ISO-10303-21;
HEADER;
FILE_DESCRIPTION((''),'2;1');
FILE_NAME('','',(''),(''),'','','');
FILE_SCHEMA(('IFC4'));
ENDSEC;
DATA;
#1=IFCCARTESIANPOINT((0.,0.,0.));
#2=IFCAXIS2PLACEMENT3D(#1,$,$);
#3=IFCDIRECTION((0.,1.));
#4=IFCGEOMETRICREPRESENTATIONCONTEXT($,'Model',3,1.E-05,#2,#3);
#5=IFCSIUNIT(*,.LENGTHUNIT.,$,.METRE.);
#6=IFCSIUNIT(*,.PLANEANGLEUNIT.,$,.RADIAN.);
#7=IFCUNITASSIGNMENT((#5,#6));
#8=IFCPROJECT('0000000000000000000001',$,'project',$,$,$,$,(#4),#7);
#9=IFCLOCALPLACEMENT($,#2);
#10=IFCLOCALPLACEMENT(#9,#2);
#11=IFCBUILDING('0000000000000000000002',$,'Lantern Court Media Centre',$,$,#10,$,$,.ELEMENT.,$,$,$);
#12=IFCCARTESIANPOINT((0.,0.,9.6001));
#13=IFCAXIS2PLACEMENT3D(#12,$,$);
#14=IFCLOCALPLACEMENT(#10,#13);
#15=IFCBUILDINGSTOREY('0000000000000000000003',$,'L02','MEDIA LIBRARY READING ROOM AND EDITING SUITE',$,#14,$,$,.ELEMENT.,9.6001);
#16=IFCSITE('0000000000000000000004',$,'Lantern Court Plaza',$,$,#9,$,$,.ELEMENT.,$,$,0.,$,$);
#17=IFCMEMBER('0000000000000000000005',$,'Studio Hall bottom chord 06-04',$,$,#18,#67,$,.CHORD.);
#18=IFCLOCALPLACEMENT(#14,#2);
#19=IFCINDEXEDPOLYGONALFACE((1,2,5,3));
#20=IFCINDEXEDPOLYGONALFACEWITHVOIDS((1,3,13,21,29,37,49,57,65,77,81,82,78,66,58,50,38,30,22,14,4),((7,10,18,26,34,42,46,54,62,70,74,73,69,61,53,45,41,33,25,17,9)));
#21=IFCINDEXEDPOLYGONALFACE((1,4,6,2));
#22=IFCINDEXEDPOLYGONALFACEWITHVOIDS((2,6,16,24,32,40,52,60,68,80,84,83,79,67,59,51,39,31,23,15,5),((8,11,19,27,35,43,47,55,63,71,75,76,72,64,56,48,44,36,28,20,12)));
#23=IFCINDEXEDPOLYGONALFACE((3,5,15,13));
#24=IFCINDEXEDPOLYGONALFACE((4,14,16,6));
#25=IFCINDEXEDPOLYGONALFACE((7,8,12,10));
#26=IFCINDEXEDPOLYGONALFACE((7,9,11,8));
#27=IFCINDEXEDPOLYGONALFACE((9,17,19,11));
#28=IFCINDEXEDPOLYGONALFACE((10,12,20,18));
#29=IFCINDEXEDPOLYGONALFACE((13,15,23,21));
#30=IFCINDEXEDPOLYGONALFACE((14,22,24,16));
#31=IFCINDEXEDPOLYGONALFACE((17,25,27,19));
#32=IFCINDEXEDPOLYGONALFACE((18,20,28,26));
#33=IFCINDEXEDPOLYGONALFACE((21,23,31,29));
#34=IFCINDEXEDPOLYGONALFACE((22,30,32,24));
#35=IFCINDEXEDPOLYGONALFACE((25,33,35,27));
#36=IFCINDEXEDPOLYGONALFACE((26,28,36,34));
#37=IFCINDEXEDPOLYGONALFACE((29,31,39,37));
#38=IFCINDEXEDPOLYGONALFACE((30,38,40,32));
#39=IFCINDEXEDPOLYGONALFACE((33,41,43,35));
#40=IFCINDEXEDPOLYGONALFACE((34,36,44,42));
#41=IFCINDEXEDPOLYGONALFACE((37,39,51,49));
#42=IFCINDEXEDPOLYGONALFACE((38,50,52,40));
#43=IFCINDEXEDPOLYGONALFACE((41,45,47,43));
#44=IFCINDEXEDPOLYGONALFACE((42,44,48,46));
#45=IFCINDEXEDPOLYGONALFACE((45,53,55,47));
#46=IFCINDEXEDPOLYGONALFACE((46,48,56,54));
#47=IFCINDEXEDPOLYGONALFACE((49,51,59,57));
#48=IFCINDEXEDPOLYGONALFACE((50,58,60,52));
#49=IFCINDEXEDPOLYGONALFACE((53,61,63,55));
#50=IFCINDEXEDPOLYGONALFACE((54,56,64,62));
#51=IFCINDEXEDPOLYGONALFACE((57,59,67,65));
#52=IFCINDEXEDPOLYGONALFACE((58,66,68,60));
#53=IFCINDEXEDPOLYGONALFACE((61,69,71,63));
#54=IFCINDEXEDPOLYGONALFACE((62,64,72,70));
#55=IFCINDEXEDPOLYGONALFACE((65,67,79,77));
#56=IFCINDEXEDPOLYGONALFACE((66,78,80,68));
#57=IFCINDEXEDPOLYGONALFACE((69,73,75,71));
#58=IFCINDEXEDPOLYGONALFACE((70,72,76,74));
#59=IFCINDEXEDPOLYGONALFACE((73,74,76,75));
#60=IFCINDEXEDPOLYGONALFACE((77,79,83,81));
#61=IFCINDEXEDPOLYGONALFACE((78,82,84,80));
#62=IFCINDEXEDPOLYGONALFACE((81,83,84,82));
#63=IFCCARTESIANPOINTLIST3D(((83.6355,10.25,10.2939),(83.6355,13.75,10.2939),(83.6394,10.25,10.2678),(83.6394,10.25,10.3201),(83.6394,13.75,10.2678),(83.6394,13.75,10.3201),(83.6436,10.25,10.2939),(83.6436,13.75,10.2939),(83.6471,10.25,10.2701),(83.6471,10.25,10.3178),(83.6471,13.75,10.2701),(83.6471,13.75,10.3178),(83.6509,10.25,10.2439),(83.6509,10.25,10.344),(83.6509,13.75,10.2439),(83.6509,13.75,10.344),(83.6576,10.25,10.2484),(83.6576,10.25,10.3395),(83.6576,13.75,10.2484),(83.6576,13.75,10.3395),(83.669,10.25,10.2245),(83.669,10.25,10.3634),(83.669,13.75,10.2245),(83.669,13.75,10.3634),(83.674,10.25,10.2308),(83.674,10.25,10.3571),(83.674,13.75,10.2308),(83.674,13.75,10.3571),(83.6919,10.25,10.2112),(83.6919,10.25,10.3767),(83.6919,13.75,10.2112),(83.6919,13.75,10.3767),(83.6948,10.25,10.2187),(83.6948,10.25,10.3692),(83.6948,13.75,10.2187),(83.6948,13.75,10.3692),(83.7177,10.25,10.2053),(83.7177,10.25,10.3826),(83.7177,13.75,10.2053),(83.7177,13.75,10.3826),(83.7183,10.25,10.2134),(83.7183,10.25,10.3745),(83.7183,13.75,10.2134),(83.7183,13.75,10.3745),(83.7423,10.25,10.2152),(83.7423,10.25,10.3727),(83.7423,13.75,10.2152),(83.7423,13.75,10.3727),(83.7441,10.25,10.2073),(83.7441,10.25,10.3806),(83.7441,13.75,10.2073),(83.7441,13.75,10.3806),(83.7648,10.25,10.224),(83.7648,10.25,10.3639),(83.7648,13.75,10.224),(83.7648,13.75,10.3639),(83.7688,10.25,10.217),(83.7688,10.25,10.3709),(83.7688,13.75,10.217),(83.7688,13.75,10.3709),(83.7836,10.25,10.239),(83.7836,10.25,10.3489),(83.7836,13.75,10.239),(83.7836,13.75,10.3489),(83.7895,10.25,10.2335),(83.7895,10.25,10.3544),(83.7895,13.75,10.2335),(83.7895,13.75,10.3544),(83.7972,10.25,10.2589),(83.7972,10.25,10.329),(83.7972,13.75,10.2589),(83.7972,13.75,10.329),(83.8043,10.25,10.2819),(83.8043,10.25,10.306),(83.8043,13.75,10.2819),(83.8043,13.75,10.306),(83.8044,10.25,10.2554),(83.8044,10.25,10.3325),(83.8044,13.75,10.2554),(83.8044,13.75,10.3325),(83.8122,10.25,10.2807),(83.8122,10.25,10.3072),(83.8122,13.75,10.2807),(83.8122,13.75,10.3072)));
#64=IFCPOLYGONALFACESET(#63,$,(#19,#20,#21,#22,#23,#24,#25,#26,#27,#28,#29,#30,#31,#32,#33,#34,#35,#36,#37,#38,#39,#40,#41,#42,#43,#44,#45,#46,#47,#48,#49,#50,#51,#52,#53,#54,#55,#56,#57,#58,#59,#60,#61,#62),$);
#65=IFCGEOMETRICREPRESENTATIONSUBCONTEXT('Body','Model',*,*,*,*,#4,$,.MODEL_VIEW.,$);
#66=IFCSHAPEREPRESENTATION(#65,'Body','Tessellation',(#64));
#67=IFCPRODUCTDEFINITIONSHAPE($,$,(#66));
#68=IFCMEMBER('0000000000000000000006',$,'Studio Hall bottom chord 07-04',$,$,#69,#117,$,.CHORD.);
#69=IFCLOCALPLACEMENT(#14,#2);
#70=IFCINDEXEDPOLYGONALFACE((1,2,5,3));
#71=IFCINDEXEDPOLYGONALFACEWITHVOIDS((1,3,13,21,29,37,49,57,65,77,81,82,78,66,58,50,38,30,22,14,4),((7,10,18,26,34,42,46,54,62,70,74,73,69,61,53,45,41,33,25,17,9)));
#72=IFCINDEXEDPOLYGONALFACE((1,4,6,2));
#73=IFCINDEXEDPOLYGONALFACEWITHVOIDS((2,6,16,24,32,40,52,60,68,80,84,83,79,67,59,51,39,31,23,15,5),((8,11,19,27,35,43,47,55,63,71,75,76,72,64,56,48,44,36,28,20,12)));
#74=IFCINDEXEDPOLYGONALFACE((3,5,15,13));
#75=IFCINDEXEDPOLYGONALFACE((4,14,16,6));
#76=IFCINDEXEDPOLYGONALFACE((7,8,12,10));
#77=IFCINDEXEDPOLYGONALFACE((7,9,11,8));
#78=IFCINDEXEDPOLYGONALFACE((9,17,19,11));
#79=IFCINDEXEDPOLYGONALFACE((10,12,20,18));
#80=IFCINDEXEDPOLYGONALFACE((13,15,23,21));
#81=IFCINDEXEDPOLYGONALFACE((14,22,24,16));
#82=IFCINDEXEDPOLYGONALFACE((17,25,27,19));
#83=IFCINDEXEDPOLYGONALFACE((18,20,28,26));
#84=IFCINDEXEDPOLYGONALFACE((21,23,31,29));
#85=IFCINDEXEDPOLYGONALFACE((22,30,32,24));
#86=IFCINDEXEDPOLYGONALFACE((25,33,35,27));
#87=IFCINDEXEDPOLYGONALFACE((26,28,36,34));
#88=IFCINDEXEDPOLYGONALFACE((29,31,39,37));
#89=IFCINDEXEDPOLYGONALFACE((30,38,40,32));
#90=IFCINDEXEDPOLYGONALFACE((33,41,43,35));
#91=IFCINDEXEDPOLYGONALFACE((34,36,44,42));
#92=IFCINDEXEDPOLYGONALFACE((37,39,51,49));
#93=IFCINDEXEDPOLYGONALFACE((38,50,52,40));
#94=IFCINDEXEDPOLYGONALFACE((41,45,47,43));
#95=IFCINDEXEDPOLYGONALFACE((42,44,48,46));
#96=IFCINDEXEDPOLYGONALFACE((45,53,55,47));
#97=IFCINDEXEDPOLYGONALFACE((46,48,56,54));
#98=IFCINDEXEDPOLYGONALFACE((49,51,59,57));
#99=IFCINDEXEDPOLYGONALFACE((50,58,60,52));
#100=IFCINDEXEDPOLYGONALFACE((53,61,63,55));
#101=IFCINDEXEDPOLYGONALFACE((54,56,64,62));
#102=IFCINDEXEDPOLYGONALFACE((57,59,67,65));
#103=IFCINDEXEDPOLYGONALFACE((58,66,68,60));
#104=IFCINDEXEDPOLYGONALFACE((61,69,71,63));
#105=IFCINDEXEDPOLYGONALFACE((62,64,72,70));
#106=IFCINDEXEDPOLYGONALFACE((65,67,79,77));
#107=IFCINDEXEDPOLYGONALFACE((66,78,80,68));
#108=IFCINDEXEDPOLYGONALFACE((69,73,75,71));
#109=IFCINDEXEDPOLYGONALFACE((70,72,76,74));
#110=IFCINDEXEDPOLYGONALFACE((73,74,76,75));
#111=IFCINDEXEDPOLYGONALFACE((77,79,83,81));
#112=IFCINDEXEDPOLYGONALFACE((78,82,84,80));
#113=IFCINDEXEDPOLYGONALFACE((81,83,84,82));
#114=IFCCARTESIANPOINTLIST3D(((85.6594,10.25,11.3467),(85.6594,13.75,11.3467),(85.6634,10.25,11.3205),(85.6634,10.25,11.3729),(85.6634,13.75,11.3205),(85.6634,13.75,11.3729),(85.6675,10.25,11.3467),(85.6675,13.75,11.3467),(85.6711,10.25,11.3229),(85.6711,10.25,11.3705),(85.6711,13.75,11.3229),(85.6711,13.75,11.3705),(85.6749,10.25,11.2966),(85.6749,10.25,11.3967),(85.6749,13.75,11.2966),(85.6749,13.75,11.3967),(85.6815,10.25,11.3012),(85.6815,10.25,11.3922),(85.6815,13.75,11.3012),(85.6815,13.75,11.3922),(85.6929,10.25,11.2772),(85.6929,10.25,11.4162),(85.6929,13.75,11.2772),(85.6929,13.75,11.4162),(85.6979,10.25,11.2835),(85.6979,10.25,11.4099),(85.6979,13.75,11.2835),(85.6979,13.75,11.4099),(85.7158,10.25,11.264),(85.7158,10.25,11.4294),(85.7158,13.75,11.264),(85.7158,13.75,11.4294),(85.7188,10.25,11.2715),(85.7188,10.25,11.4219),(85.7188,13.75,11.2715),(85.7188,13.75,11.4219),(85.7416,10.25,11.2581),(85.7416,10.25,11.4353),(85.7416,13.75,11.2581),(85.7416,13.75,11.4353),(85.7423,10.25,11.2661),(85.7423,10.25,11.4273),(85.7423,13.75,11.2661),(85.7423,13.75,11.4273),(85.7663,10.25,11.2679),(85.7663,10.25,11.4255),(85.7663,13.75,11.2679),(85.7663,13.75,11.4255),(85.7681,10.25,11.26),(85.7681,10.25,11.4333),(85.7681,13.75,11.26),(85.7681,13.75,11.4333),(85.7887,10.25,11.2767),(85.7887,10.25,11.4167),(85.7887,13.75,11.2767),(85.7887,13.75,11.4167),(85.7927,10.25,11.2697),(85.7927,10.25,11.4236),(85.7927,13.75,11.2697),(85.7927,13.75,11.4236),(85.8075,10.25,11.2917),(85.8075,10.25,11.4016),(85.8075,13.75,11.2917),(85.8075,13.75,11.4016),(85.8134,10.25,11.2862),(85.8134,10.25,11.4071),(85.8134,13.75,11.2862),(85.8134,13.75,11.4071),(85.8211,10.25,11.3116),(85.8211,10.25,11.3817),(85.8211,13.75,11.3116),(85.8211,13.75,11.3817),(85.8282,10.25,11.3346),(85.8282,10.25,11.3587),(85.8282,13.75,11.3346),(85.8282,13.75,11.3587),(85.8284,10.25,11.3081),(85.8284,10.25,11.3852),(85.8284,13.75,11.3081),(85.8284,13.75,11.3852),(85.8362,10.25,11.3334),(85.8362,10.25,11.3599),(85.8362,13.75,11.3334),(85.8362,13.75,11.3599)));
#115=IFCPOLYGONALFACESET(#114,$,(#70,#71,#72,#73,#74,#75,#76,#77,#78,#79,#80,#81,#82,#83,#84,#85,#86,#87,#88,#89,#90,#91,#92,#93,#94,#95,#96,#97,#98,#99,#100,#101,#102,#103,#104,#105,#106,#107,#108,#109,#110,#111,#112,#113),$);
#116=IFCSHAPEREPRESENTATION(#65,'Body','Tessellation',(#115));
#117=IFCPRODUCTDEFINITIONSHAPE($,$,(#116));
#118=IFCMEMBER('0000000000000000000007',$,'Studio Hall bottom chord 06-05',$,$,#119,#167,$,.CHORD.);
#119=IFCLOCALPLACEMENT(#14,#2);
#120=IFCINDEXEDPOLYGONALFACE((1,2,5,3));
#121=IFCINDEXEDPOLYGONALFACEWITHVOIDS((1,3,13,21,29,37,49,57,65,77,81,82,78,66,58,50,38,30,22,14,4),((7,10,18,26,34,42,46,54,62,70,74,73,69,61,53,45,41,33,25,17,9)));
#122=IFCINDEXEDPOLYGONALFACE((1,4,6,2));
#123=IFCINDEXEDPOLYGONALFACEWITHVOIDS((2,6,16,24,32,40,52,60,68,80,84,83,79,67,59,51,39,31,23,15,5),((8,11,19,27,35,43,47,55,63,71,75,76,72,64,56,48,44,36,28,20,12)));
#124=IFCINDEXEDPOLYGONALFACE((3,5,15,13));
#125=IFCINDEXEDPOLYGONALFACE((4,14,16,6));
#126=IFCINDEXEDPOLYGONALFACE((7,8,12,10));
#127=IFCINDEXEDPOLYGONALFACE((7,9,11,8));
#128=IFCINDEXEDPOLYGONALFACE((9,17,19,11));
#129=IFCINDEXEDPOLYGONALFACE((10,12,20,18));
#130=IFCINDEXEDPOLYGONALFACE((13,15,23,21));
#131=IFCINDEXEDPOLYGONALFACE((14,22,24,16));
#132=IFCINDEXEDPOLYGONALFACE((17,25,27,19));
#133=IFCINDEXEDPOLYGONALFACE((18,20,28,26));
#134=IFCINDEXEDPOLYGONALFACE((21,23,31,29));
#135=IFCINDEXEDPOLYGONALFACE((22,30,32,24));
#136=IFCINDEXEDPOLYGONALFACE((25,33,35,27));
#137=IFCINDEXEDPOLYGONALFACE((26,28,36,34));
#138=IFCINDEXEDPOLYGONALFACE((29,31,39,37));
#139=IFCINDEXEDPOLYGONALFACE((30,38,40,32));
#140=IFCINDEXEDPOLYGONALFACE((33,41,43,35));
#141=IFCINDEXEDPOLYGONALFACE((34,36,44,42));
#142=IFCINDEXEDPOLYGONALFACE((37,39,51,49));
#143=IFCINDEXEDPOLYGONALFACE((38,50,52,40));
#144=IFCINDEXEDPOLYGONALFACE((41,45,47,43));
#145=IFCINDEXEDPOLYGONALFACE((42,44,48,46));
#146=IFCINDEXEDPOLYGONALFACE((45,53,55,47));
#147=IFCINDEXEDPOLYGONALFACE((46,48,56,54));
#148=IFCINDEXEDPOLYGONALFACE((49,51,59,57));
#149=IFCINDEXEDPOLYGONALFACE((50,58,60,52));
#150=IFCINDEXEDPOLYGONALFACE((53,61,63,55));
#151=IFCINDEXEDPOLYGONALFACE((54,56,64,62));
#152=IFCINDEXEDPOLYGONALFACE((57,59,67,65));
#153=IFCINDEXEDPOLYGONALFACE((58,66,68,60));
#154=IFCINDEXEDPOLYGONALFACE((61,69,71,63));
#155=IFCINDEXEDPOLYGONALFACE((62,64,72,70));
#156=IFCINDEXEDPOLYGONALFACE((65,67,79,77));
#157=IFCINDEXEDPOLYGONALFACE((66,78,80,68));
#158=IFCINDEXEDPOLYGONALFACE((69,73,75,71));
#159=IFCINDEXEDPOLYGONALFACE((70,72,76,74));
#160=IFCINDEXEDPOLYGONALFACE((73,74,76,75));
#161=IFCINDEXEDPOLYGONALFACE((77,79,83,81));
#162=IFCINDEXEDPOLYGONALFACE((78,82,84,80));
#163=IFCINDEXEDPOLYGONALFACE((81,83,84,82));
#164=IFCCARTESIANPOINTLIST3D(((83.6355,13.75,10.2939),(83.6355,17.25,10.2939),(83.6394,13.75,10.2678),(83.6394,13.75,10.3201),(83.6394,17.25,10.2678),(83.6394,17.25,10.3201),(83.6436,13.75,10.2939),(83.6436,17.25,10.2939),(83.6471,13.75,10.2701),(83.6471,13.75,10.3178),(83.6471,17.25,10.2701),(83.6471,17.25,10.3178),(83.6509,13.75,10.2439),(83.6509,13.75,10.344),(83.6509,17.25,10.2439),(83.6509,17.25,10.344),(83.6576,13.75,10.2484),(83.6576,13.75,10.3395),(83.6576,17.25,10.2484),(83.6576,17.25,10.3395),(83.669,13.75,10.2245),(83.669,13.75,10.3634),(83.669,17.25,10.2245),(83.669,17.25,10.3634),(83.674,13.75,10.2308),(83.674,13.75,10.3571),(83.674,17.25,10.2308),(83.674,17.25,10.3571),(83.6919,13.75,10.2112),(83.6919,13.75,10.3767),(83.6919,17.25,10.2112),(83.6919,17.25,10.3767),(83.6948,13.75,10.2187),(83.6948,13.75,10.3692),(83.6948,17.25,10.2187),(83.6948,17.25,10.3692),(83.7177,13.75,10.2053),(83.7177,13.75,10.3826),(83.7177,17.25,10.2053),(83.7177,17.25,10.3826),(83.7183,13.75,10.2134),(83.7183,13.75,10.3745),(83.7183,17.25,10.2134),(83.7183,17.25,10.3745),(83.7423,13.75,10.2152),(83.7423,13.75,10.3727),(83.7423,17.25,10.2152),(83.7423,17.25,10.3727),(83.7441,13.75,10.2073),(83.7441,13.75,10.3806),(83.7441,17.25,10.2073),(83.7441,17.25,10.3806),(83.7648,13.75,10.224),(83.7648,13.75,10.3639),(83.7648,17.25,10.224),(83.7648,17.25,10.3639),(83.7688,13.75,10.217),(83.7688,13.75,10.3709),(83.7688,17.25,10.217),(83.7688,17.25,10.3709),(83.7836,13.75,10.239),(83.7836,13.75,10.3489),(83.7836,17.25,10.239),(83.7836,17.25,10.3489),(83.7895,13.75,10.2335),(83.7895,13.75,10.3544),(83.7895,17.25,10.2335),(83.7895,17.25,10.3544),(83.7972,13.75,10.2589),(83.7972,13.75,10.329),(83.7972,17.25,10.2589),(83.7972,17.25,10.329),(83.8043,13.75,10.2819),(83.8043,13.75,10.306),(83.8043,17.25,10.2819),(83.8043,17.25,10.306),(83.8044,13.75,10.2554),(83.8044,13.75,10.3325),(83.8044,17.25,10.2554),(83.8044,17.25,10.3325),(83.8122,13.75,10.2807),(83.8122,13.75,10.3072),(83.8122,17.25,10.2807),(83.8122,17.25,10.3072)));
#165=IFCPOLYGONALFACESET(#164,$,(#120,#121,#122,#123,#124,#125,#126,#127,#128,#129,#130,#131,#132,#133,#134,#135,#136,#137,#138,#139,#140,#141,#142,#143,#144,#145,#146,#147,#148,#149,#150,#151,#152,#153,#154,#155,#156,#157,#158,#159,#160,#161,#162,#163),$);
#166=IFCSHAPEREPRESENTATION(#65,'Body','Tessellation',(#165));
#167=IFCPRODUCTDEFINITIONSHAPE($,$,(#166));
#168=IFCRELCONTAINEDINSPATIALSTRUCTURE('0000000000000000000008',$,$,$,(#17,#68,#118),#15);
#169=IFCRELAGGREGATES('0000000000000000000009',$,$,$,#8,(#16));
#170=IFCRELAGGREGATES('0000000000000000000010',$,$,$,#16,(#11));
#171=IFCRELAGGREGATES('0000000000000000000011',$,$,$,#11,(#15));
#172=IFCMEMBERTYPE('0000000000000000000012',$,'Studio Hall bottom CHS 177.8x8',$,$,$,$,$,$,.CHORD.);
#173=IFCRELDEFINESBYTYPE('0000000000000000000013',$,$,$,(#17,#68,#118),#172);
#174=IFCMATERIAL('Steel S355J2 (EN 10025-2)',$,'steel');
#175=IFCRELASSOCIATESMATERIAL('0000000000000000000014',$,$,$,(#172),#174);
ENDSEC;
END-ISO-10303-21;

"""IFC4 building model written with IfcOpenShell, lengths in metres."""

from ifc_helpers import new_model, si_unit, direction, frame, origin, origin_2d, place, context, subcontext, project, spatial, hollow_circle, extrude, material, material_profile, profile_set, type_object, element, save


model = new_model("IFC4")

# Units and contexts
model_context = context("Model", 3, precision=1e-05, world=origin(), true_north=direction((0.0, 1.0)))
body_context = subcontext(model_context, "Body", "Model", "MODEL_VIEW")
ifc_project = project(units=[si_unit("LENGTHUNIT", "METRE"), si_unit("PLANEANGLEUNIT", "RADIAN")], contexts=[model_context])

# Site, building, storey
site_placement = place(None, origin())
site = spatial("IfcSite", under=ifc_project, at=site_placement, Name="Lantern Court Plaza", CompositionType="ELEMENT", RefElevation=0.0)
building_placement = place(site_placement, origin())
building = spatial("IfcBuilding", under=site, at=building_placement, Name="Lantern Court Media Centre", CompositionType="ELEMENT")
storey_placement = place(building_placement, frame((0.0, 0.0, 9.6001)))
storey = spatial("IfcBuildingStorey", under=building, at=storey_placement, Name="L02", Description="MEDIA LIBRARY READING ROOM AND EDITING SUITE", CompositionType="ELEMENT", Elevation=9.6001)

# Members
ifc_material = material(Name="Steel S355J2 (EN 10025-2)", Category="steel")
ifc_material_profile_1 = material_profile(ifc_material, hollow_circle(Radius=0.0889, WallThickness=0.0081, at=origin_2d()), Name="Studio Hall bottom CHS 177.8x8")
ifc_profile_set_1 = profile_set([ifc_material_profile_1], Name="Steel S355J2 (EN 10025-2)")
member_type_1 = type_object("IfcMemberType", Name="Studio Hall bottom CHS 177.8x8", PredefinedType="CHORD", material=ifc_profile_set_1)
for number, where, z_axis, x_axis, name in (
    (1, (83.7244, 10.25, 10.2939), (0.0, 1.0, 0.0), (-1.0, 0.0, 0.0), "Studio Hall bottom chord 06-04"),
    (2, (85.7483, 10.25, 11.3467), (0.0, 1.0, 0.0), (-1.0, 0.0, 0.0), "Studio Hall bottom chord 07-04"),
    (3, (83.7244, 13.75, 10.2939), (0.0, 1.0, 0.0), (-1.0, 0.0, 0.0), "Studio Hall bottom chord 06-05"),
):
    element("IfcMember", number, at=place(storey_placement, frame(where, z_axis=z_axis, x_axis=x_axis)), inside=storey, type_object=member_type_1, Name=name, PredefinedType="CHORD", context=body_context, shape_type="SweptSolid", body=[
        extrude(hollow_circle(Radius=0.0889, WallThickness=0.0081, at=origin_2d()), origin(), (0.0, 0.0, 1.0), 3.5),
    ])

save(model, "model.ifc")
